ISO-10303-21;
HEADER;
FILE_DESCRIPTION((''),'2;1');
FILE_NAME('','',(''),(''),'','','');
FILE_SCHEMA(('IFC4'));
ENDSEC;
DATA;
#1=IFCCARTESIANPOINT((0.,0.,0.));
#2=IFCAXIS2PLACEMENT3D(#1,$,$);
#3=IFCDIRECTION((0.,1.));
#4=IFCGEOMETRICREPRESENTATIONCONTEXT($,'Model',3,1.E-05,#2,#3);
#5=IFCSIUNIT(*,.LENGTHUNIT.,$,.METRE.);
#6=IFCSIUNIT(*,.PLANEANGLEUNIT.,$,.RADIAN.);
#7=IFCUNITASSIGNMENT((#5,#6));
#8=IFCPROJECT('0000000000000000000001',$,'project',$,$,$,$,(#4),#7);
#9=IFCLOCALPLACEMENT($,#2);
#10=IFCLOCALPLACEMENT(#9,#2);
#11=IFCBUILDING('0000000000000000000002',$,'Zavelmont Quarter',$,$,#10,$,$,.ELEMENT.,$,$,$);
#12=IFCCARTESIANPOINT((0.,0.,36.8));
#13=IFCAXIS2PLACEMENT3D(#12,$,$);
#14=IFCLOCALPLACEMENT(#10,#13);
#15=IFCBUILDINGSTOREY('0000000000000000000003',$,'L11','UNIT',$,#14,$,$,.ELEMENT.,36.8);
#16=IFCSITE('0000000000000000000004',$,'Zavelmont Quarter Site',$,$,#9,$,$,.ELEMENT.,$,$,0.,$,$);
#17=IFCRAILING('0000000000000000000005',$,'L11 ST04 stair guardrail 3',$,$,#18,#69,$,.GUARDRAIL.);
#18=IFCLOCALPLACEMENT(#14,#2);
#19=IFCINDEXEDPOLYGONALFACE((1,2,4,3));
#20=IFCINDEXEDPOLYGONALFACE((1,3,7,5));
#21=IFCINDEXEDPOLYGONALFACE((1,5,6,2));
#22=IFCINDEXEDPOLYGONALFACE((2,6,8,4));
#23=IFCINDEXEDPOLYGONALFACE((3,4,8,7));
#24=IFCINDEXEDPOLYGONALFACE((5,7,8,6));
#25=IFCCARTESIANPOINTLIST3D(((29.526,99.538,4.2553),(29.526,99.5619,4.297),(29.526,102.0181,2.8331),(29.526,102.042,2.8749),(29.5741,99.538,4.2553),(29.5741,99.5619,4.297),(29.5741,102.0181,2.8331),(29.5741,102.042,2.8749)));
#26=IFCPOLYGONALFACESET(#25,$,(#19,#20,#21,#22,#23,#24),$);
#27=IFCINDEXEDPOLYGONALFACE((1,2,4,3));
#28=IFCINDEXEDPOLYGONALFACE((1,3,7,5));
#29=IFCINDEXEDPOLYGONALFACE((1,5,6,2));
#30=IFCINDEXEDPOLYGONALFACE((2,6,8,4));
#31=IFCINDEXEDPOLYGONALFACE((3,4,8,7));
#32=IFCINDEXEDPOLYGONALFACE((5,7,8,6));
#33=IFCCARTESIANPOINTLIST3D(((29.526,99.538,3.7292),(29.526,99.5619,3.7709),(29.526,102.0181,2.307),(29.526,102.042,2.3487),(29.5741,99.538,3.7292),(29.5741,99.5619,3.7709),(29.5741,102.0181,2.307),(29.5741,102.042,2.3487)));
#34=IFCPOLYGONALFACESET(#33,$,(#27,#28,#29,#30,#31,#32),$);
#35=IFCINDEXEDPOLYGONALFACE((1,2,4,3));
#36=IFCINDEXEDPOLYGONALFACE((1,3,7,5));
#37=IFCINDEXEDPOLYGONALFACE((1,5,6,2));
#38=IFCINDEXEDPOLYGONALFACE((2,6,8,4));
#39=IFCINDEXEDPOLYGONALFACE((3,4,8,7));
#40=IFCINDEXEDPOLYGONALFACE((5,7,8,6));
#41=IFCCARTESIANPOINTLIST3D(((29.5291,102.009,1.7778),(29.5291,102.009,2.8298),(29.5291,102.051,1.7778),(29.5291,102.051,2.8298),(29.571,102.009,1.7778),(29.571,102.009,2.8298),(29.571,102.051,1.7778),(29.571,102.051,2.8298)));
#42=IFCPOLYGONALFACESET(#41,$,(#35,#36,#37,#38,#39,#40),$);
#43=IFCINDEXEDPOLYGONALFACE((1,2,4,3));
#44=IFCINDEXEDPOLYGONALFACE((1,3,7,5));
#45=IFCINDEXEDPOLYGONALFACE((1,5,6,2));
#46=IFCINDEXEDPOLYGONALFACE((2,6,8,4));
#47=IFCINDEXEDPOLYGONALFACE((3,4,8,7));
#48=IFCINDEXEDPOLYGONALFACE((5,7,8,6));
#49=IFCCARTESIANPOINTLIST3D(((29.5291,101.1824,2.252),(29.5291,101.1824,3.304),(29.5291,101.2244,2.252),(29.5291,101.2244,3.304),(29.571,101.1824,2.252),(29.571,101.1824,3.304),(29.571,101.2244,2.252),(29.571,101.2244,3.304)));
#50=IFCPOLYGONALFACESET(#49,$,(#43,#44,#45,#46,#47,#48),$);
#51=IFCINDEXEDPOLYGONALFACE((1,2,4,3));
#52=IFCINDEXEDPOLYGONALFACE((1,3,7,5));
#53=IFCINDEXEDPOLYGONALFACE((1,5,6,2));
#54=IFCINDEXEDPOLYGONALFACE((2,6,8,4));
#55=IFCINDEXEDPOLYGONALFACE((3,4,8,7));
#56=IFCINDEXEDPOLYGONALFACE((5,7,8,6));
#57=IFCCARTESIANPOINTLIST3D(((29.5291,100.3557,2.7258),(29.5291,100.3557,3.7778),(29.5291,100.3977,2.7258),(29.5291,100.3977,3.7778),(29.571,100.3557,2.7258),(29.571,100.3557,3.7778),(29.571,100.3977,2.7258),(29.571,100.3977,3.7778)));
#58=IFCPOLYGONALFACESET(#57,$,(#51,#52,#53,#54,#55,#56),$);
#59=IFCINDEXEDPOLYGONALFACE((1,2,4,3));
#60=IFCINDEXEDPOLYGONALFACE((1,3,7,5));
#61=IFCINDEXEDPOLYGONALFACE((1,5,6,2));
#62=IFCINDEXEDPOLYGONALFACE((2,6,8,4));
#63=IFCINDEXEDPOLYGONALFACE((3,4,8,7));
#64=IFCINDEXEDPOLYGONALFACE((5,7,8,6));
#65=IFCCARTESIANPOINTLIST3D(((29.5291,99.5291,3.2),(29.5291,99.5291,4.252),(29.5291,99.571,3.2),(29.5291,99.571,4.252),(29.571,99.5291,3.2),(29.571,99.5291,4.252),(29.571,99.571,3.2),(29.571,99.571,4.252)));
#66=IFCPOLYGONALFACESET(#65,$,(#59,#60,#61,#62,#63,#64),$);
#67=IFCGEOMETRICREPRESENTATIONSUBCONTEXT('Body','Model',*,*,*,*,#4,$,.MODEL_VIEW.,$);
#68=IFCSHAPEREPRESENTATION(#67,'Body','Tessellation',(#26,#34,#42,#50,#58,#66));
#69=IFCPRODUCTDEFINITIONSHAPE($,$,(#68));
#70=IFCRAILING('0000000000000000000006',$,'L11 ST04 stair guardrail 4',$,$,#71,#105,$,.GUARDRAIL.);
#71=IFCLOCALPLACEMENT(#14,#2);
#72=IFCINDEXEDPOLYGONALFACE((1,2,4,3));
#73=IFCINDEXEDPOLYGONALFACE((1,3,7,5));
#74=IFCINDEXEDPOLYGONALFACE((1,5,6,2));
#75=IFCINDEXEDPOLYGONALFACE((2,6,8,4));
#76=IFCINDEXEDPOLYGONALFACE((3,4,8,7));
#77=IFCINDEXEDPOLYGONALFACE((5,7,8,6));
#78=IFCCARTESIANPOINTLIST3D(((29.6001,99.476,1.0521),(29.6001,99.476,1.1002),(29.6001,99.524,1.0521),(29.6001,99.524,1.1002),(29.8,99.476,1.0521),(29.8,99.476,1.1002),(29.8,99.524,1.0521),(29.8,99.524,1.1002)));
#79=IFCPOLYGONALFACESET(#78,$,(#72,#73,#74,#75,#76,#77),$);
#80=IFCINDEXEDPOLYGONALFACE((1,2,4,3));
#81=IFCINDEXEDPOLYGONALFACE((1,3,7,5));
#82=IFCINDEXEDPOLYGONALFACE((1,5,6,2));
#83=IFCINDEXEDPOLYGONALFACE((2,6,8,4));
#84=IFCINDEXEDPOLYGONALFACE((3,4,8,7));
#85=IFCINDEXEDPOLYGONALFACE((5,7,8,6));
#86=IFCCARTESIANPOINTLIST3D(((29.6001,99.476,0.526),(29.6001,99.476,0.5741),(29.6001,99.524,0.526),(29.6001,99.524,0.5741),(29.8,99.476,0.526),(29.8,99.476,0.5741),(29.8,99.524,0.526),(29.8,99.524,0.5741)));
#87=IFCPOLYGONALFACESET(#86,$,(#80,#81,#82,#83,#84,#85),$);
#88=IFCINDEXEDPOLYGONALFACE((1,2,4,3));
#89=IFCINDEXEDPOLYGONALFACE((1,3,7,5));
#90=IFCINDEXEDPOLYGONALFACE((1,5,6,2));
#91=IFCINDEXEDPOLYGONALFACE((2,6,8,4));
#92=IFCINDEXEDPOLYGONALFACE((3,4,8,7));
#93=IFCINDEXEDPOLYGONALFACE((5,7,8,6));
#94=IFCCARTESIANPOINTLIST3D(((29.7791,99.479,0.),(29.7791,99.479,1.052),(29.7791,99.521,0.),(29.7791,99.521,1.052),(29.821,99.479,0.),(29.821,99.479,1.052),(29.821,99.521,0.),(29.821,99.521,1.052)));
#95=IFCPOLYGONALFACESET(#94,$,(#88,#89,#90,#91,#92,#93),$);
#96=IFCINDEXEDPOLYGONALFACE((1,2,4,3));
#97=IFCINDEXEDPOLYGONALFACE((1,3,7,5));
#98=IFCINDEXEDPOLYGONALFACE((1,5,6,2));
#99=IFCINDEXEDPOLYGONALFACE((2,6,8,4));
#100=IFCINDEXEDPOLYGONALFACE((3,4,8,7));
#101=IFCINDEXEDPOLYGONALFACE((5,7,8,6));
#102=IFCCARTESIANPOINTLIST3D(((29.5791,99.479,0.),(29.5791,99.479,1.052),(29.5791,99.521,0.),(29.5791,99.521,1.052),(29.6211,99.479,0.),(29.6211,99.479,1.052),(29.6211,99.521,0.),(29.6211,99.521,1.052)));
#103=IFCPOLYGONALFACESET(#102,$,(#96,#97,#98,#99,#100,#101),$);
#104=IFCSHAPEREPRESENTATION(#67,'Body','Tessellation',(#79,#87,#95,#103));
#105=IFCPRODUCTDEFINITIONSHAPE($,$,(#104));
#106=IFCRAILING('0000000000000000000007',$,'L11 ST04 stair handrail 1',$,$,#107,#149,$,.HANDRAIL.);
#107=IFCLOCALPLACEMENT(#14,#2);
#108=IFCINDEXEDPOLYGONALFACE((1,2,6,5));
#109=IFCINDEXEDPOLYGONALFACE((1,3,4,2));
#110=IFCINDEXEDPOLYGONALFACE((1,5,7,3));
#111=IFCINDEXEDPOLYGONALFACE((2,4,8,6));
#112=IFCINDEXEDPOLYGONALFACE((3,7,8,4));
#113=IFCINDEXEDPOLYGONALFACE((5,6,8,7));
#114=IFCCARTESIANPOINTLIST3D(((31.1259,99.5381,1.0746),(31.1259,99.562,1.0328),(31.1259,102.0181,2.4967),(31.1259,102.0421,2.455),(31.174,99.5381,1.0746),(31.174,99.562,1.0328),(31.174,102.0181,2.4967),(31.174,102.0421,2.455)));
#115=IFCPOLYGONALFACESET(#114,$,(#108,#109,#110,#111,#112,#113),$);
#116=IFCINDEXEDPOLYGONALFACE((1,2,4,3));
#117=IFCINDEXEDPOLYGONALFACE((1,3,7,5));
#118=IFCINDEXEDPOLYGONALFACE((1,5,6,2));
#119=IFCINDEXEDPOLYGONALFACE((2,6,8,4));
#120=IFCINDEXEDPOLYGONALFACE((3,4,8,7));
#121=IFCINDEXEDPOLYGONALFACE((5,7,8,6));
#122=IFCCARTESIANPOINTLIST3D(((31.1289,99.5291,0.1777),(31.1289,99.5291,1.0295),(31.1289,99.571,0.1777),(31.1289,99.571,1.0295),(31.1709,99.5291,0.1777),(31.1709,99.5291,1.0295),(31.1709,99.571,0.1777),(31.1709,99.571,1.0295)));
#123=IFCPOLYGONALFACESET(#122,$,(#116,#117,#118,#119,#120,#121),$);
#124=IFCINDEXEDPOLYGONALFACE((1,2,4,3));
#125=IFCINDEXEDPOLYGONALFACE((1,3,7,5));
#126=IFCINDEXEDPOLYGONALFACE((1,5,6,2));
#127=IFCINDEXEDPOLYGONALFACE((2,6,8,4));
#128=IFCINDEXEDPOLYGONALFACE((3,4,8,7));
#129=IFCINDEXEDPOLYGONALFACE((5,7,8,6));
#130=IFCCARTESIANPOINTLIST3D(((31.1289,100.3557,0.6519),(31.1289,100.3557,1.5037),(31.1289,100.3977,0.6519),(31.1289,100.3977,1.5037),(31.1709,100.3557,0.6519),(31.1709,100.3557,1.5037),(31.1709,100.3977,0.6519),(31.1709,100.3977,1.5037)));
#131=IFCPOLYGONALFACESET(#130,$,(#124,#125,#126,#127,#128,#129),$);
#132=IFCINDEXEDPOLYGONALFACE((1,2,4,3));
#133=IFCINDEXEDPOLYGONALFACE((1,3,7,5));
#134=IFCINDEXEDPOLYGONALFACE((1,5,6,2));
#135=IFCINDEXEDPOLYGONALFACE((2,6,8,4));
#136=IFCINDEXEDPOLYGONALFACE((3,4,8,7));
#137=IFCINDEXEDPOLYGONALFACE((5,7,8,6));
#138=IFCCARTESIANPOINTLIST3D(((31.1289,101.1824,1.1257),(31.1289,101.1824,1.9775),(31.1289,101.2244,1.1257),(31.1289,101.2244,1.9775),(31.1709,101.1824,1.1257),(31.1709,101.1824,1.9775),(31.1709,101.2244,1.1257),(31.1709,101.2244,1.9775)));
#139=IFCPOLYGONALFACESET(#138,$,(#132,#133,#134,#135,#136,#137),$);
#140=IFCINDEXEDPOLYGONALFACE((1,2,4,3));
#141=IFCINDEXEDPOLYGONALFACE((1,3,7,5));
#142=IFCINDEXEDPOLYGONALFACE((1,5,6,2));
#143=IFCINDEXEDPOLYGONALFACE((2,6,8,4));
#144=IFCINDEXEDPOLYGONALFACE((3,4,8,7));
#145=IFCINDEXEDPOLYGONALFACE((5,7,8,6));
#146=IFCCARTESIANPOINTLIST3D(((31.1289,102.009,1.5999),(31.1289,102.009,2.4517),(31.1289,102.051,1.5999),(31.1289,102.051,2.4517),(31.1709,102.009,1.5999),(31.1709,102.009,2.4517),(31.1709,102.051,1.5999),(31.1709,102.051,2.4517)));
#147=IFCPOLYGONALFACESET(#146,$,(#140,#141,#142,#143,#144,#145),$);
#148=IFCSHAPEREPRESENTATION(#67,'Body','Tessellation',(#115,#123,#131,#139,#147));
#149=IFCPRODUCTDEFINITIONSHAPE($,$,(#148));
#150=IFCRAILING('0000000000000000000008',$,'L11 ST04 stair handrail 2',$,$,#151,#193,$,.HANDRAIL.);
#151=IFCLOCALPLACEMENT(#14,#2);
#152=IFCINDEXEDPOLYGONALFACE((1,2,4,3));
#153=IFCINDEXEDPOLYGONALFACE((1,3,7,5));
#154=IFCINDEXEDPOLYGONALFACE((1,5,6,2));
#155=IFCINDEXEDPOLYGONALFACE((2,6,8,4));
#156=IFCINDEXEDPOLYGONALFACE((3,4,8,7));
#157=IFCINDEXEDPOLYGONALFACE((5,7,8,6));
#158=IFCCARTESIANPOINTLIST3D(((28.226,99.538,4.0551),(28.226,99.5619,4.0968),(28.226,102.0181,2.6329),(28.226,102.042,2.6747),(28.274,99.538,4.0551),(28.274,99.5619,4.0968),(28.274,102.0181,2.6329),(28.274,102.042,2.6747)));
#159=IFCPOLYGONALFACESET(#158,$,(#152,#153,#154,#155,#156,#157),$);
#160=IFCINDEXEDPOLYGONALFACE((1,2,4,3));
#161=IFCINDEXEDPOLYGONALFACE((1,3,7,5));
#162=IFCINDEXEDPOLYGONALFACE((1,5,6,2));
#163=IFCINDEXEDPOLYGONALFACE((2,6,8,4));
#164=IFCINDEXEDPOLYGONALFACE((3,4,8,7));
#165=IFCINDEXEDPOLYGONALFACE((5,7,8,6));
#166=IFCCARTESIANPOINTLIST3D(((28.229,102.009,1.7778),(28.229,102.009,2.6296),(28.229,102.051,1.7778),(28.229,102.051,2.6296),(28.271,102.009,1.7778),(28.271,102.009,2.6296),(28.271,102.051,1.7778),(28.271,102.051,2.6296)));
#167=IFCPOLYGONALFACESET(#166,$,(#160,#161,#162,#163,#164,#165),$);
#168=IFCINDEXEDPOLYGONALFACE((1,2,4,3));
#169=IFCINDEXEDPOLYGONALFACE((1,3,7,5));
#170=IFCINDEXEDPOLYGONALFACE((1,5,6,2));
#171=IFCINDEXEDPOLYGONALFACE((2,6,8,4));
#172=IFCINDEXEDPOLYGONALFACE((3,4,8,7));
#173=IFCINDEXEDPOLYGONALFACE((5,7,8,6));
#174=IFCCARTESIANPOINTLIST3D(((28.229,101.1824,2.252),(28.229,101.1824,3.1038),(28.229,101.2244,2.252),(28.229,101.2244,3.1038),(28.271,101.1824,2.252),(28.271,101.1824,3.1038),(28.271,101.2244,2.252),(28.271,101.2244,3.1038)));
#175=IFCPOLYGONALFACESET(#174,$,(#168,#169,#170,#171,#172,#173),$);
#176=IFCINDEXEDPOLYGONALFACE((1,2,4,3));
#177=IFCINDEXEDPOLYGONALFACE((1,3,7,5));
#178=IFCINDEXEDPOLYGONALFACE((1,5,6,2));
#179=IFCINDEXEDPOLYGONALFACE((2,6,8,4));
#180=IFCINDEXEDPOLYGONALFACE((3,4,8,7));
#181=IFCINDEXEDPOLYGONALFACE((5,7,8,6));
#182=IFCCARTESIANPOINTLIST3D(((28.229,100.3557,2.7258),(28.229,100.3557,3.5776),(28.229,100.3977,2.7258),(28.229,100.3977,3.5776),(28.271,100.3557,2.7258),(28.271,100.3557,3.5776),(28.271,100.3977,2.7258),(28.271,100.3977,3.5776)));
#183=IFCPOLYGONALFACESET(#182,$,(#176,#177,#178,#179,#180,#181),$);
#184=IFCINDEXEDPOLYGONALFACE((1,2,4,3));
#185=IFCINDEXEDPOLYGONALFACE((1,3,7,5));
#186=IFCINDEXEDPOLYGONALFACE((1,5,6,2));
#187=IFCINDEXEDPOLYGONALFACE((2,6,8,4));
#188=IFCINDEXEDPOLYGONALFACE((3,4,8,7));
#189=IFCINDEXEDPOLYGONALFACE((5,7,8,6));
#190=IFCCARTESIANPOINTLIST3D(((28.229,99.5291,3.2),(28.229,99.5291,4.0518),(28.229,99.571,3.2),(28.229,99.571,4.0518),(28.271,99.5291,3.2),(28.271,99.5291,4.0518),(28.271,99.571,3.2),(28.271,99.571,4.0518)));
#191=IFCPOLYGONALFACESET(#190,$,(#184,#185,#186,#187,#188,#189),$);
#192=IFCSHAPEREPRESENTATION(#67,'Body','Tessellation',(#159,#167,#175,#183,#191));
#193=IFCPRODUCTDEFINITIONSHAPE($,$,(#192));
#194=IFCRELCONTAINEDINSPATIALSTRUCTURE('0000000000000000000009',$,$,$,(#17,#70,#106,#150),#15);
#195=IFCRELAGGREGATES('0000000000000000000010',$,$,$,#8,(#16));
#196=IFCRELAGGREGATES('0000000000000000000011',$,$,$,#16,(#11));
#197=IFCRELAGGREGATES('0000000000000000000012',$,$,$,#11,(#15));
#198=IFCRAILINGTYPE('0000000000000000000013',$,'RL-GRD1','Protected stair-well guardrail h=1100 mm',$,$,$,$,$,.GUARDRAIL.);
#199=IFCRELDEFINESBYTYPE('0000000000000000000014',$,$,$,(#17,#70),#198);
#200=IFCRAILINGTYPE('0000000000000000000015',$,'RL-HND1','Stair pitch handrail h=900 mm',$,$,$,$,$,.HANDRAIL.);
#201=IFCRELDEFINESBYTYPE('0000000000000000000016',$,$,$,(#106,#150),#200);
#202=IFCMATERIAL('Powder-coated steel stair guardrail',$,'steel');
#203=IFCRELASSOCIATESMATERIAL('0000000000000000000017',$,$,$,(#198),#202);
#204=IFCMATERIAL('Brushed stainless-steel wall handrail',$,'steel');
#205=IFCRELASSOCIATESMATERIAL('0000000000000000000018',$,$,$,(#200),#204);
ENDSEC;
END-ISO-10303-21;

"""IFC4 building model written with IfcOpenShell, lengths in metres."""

from ifc_helpers import new_model, si_unit, direction, frame, origin, origin_2d, place, context, subcontext, project, spatial, rectangle, extrude, material, type_object, element, save


model = new_model("IFC4")

# Units and contexts
model_context = context("Model", 3, precision=1e-05, world=origin(), true_north=direction((0.0, 1.0)))
body_context = subcontext(model_context, "Body", "Model", "MODEL_VIEW")
ifc_project = project(units=[si_unit("LENGTHUNIT", "METRE"), si_unit("PLANEANGLEUNIT", "RADIAN")], contexts=[model_context])

# Site, building, storey
site_placement = place(None, origin())
site = spatial("IfcSite", under=ifc_project, at=site_placement, Name="Zavelmont Quarter Site", CompositionType="ELEMENT", RefElevation=0.0)
building_placement = place(site_placement, origin())
building = spatial("IfcBuilding", under=site, at=building_placement, Name="Zavelmont Quarter", CompositionType="ELEMENT")
storey_placement = place(building_placement, frame((0.0, 0.0, 36.8)))
storey = spatial("IfcBuildingStorey", under=building, at=storey_placement, Name="L11", Description="UNIT", CompositionType="ELEMENT", Elevation=36.8)

# Railings
ifc_material_1 = material(Name="Powder-coated steel stair guardrail", Category="steel")
railing_type_1 = type_object("IfcRailingType", Name="RL-GRD1", Description="Protected stair-well guardrail h=1100 mm", PredefinedType="GUARDRAIL", material=ifc_material_1)
railing_1_placement = place(storey_placement, frame((29.55, 102.03, 1.7778)))
element("IfcRailing", 1, at=railing_1_placement, inside=storey, type_object=railing_type_1, Name="L11 ST04 stair guardrail 3", PredefinedType="GUARDRAIL", context=body_context, shape_type="SweptSolid", body=[
    extrude(rectangle(XDim=0.0481, YDim=0.0481, at=origin_2d()), frame((0.0, 0.0, 1.0762), z_axis=(0.0, -0.867491, 0.497454), x_axis=(1.0, 0.0, 0.0)), (0.0, 0.0, 1.0), 2.8589),
    extrude(rectangle(XDim=0.0481, YDim=0.0481, at=origin_2d()), frame((0.0, 0.0, 0.55), z_axis=(0.0, -0.867491, 0.497454), x_axis=(1.0, 0.0, 0.0)), (0.0, 0.0, 1.0), 2.8589),
    extrude(rectangle(XDim=0.042, YDim=0.042, at=origin_2d()), origin(), (0.0, 0.0, 1.0), 1.052),
    extrude(rectangle(XDim=0.042, YDim=0.042, at=origin_2d()), frame((0.0, -0.8267, 0.4741)), (0.0, 0.0, 1.0), 1.052),
    extrude(rectangle(XDim=0.042, YDim=0.042, at=origin_2d()), frame((0.0, -1.6533, 0.948)), (0.0, 0.0, 1.0), 1.052),
    extrude(rectangle(XDim=0.042, YDim=0.042, at=origin_2d()), frame((0.0, -2.48, 1.4221)), (0.0, 0.0, 1.0), 1.052),
])
railing_2_placement = place(storey_placement, frame((29.8, 99.5, 0.0)))
element("IfcRailing", 2, at=railing_2_placement, inside=storey, type_object=railing_type_1, Name="L11 ST04 stair guardrail 4", PredefinedType="GUARDRAIL", context=body_context, shape_type="SweptSolid", body=[
    extrude(rectangle(XDim=0.0481, YDim=0.0481, at=origin_2d()), frame((0.0, 0.0, 1.0762), z_axis=(-1.0, 0.0, 0.0), x_axis=(0.0, -1.0, 0.0)), (0.0, 0.0, 1.0), 0.2),
    extrude(rectangle(XDim=0.0481, YDim=0.0481, at=origin_2d()), frame((0.0, 0.0, 0.55), z_axis=(-1.0, 0.0, 0.0), x_axis=(0.0, -1.0, 0.0)), (0.0, 0.0, 1.0), 0.2),
    extrude(rectangle(XDim=0.042, YDim=0.042, at=origin_2d()), origin(), (0.0, 0.0, 1.0), 1.052),
    extrude(rectangle(XDim=0.042, YDim=0.042, at=origin_2d()), frame((-0.2, 0.0, 0.0)), (0.0, 0.0, 1.0), 1.052),
])
ifc_material_2 = material(Name="Brushed stainless-steel wall handrail", Category="steel")
railing_type_2 = type_object("IfcRailingType", Name="RL-HND1", Description="Stair pitch handrail h=900 mm", PredefinedType="HANDRAIL", material=ifc_material_2)
railing_3_placement = place(storey_placement, frame((31.1499, 99.55, 0.1777)))
element("IfcRailing", 3, at=railing_3_placement, inside=storey, type_object=railing_type_2, Name="L11 ST04 stair handrail 1", PredefinedType="HANDRAIL", context=body_context, shape_type="SweptSolid", body=[
    extrude(rectangle(XDim=0.0481, YDim=0.0481, at=origin_2d()), frame((0.0, 0.0, 0.876), z_axis=(0.0, 0.867491, 0.497454), x_axis=(-1.0, 0.0, 0.0)), (0.0, 0.0, 1.0), 2.8589),
    extrude(rectangle(XDim=0.042, YDim=0.042, at=origin_2d()), origin(), (0.0, 0.0, 1.0), 0.8518),
    extrude(rectangle(XDim=0.042, YDim=0.042, at=origin_2d()), frame((0.0, 0.8267, 0.4741)), (0.0, 0.0, 1.0), 0.8518),
    extrude(rectangle(XDim=0.042, YDim=0.042, at=origin_2d()), frame((0.0, 1.6533, 0.948)), (0.0, 0.0, 1.0), 0.8518),
    extrude(rectangle(XDim=0.042, YDim=0.042, at=origin_2d()), frame((0.0, 2.48, 1.4221)), (0.0, 0.0, 1.0), 0.8518),
])
railing_4_placement = place(storey_placement, frame((28.25, 102.03, 1.7778)))
element("IfcRailing", 4, at=railing_4_placement, inside=storey, type_object=railing_type_2, Name="L11 ST04 stair handrail 2", PredefinedType="HANDRAIL", context=body_context, shape_type="SweptSolid", body=[
    extrude(rectangle(XDim=0.0481, YDim=0.0481, at=origin_2d()), frame((0.0, 0.0, 0.876), z_axis=(0.0, -0.867491, 0.497454), x_axis=(1.0, 0.0, 0.0)), (0.0, 0.0, 1.0), 2.8589),
    extrude(rectangle(XDim=0.042, YDim=0.042, at=origin_2d()), origin(), (0.0, 0.0, 1.0), 0.8518),
    extrude(rectangle(XDim=0.042, YDim=0.042, at=origin_2d()), frame((0.0, -0.8267, 0.4741)), (0.0, 0.0, 1.0), 0.8518),
    extrude(rectangle(XDim=0.042, YDim=0.042, at=origin_2d()), frame((0.0, -1.6533, 0.948)), (0.0, 0.0, 1.0), 0.8518),
    extrude(rectangle(XDim=0.042, YDim=0.042, at=origin_2d()), frame((0.0, -2.48, 1.4221)), (0.0, 0.0, 1.0), 0.8518),
])

save(model, "model.ifc")
